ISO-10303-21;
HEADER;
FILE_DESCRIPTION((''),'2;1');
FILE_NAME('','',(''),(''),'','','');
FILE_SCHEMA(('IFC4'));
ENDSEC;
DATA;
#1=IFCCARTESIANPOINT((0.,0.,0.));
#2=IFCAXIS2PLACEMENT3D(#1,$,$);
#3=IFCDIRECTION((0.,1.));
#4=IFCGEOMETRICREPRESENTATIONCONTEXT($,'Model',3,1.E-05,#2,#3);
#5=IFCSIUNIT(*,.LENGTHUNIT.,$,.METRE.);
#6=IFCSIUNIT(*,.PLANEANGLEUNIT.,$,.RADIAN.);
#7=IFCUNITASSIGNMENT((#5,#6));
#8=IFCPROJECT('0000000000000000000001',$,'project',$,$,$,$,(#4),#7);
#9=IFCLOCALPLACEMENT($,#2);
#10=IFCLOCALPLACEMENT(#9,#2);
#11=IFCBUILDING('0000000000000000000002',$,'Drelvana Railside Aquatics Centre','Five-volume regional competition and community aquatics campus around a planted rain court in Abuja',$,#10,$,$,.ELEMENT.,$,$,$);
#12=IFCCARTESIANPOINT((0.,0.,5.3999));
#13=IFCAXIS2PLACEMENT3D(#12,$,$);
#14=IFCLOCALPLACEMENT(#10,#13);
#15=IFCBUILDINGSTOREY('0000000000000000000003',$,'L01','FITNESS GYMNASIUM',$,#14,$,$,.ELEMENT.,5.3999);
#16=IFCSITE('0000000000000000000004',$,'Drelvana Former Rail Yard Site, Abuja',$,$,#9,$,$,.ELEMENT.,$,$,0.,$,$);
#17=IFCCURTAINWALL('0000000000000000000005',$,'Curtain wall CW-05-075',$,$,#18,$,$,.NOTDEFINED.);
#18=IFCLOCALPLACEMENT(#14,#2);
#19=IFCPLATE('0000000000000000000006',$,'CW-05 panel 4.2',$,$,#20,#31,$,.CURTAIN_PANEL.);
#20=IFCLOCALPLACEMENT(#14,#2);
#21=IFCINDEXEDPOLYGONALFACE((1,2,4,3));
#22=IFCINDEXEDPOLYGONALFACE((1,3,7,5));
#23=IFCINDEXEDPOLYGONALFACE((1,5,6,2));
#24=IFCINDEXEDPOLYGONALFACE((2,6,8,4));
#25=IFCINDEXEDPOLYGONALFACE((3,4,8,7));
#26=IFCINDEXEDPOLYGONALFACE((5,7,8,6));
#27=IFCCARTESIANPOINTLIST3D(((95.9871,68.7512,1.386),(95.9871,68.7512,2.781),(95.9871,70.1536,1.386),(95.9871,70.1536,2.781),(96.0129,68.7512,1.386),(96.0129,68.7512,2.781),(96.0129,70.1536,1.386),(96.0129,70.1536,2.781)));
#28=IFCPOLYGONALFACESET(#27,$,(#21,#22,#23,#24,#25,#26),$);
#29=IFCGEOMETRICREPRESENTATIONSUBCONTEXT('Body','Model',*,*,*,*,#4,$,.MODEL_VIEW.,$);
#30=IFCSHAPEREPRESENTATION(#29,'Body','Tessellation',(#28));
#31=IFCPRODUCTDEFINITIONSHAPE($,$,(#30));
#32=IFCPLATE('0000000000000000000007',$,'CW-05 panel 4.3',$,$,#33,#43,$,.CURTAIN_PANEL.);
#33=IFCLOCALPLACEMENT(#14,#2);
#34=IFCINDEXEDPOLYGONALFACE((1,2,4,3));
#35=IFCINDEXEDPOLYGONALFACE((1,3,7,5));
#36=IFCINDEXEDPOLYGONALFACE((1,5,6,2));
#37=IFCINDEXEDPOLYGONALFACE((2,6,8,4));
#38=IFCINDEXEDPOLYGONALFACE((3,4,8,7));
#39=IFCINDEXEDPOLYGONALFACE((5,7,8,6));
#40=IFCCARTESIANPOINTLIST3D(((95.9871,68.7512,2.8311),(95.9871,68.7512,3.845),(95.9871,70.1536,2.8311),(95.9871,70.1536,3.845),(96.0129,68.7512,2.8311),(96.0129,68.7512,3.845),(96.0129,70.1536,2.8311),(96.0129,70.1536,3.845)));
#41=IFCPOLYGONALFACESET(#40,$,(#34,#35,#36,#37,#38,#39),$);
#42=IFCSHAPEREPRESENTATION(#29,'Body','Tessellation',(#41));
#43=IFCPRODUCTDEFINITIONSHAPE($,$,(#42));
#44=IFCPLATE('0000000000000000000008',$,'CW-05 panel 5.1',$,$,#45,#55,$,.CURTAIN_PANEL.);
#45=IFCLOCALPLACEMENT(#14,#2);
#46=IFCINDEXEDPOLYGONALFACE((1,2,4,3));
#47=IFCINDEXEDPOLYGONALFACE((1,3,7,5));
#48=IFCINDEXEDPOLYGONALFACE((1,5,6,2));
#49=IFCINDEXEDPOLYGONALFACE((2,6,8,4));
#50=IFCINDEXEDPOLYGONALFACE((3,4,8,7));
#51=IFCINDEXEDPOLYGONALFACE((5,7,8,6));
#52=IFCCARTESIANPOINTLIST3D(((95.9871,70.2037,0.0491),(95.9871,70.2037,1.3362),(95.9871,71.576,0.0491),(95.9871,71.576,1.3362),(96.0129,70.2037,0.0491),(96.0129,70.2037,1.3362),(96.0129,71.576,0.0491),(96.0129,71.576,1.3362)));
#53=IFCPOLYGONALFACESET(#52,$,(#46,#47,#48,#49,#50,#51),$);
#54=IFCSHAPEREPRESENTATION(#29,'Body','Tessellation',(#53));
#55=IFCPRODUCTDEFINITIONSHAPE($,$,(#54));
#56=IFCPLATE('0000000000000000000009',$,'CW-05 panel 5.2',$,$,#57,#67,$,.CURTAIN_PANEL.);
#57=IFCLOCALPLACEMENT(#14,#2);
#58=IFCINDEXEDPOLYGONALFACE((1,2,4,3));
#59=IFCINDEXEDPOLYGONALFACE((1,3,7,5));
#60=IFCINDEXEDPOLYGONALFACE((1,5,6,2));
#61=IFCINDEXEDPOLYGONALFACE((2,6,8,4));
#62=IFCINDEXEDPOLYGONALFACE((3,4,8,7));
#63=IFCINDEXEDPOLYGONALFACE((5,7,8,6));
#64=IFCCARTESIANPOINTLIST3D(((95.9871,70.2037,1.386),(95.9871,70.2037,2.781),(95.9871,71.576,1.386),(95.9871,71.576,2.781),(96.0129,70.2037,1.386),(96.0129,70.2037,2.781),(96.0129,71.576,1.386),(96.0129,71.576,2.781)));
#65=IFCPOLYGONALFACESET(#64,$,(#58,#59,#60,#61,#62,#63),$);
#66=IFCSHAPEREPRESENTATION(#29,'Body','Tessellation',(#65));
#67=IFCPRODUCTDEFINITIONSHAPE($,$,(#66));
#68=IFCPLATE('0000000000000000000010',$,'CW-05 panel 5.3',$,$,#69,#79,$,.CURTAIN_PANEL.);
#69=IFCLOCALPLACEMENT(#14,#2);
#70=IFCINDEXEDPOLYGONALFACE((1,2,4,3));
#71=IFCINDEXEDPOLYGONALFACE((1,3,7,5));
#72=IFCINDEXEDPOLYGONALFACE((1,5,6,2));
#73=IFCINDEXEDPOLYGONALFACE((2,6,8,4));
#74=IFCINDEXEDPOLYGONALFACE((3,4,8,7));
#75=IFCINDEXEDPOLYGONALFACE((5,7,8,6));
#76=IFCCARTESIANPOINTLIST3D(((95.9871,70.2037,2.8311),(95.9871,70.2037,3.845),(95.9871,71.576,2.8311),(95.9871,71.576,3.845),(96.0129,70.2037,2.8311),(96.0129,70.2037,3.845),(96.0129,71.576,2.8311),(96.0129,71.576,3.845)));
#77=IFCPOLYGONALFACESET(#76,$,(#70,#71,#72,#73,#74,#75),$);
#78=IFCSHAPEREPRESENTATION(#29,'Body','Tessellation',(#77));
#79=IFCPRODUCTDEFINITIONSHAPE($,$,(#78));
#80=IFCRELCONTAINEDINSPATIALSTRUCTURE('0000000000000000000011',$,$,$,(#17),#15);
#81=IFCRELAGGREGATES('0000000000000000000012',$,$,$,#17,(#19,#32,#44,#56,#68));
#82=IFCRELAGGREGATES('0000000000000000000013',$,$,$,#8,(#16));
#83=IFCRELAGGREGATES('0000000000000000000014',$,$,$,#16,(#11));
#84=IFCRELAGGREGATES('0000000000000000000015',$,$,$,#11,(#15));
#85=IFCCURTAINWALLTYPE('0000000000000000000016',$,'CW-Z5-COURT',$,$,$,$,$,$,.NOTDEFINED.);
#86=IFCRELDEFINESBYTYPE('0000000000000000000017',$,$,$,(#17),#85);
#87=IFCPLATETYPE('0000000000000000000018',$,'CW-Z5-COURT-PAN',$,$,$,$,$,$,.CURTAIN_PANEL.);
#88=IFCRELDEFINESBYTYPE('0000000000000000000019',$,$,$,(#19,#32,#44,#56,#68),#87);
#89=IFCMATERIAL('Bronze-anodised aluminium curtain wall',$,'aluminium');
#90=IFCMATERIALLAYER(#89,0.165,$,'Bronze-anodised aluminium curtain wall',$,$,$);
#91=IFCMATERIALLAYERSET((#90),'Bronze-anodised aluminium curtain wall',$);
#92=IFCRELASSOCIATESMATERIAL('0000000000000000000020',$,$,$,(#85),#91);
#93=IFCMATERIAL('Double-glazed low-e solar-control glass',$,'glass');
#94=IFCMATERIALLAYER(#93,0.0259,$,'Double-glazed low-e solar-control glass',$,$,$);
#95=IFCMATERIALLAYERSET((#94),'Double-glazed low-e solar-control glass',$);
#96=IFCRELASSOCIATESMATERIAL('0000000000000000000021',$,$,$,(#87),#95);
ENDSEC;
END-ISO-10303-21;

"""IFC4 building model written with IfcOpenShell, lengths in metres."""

from ifc_helpers import new_model, si_unit, direction, frame, origin, origin_2d, place, context, subcontext, project, spatial, rectangle, extrude, material, layer, layer_set, type_object, element, aggregate, save


model = new_model("IFC4")

# Units and contexts
model_context = context("Model", 3, precision=1e-05, world=origin(), true_north=direction((0.0, 1.0)))
body_context = subcontext(model_context, "Body", "Model", "MODEL_VIEW")
ifc_project = project(units=[si_unit("LENGTHUNIT", "METRE"), si_unit("PLANEANGLEUNIT", "RADIAN")], contexts=[model_context])

# Site, building, storey
site_placement = place(None, origin())
site = spatial("IfcSite", under=ifc_project, at=site_placement, Name="Drelvana Former Rail Yard Site, Abuja", CompositionType="ELEMENT", RefElevation=0.0)
building_placement = place(site_placement, origin())
building = spatial("IfcBuilding", under=site, at=building_placement, Name="Drelvana Railside Aquatics Centre", Description="Five-volume regional competition and community aquatics campus around a planted rain court in Abuja", CompositionType="ELEMENT")
storey_placement = place(building_placement, frame((0.0, 0.0, 5.3999)))
storey = spatial("IfcBuildingStorey", under=building, at=storey_placement, Name="L01", Description="FITNESS GYMNASIUM", CompositionType="ELEMENT", Elevation=5.3999)

# Curtain wall
ifc_material_1 = material(Name="Bronze-anodised aluminium curtain wall", Category="aluminium")
ifc_layer_1 = layer(ifc_material_1, 0.165, Name="Bronze-anodised aluminium curtain wall")
ifc_layer_set_1 = layer_set([ifc_layer_1], Name="Bronze-anodised aluminium curtain wall")
curtain_wall_type = type_object("IfcCurtainWallType", Name="CW-Z5-COURT", PredefinedType="NOTDEFINED", material=ifc_layer_set_1)
curtain_wall_1_placement = place(storey_placement, origin())
curtain_wall_1 = element("IfcCurtainWall", 1, at=curtain_wall_1_placement, inside=storey, type_object=curtain_wall_type, Name="Curtain wall CW-05-075", PredefinedType="NOTDEFINED")

# Plates
ifc_material_2 = material(Name="Double-glazed low-e solar-control glass", Category="glass")
ifc_layer_2 = layer(ifc_material_2, 0.0259, Name="Double-glazed low-e solar-control glass")
ifc_layer_set_2 = layer_set([ifc_layer_2], Name="Double-glazed low-e solar-control glass")
plate_type = type_object("IfcPlateType", Name="CW-Z5-COURT-PAN", PredefinedType="CURTAIN_PANEL", material=ifc_layer_set_2)
plate_1_placement = place(storey_placement, frame((96.0, 69.4524, 1.386), z_axis=(0.0, 0.0, 1.0), x_axis=(0.0, 1.0, 0.0)))
plate_1 = element("IfcPlate", 2, at=plate_1_placement, type_object=plate_type, Name="CW-05 panel 4.2", PredefinedType="CURTAIN_PANEL", context=body_context, shape_type="SweptSolid", body=[
    extrude(rectangle(XDim=1.4023, YDim=0.0259, at=origin_2d()), origin(), (0.0, 0.0, 1.0), 1.395),
])
plate_2_placement = place(storey_placement, frame((96.0, 69.4524, 2.8311), z_axis=(0.0, 0.0, 1.0), x_axis=(0.0, 1.0, 0.0)))
plate_2 = element("IfcPlate", 3, at=plate_2_placement, type_object=plate_type, Name="CW-05 panel 4.3", PredefinedType="CURTAIN_PANEL", context=body_context, shape_type="SweptSolid", body=[
    extrude(rectangle(XDim=1.4023, YDim=0.0259, at=origin_2d()), origin(), (0.0, 0.0, 1.0), 1.0139),
])
plate_3_placement = place(storey_placement, frame((96.0, 70.8899, 0.0491), z_axis=(0.0, 0.0, 1.0), x_axis=(0.0, 1.0, 0.0)))
plate_3 = element("IfcPlate", 4, at=plate_3_placement, type_object=plate_type, Name="CW-05 panel 5.1", PredefinedType="CURTAIN_PANEL", context=body_context, shape_type="SweptSolid", body=[
    extrude(rectangle(XDim=1.3723, YDim=0.0259, at=origin_2d()), origin(), (0.0, 0.0, 1.0), 1.2871),
])
plate_4_placement = place(storey_placement, frame((96.0, 70.8899, 1.386), z_axis=(0.0, 0.0, 1.0), x_axis=(0.0, 1.0, 0.0)))
plate_4 = element("IfcPlate", 5, at=plate_4_placement, type_object=plate_type, Name="CW-05 panel 5.2", PredefinedType="CURTAIN_PANEL", context=body_context, shape_type="SweptSolid", body=[
    extrude(rectangle(XDim=1.3723, YDim=0.0259, at=origin_2d()), origin(), (0.0, 0.0, 1.0), 1.395),
])
plate_5_placement = place(storey_placement, frame((96.0, 70.8899, 2.8311), z_axis=(0.0, 0.0, 1.0), x_axis=(0.0, 1.0, 0.0)))
plate_5 = element("IfcPlate", 6, at=plate_5_placement, type_object=plate_type, Name="CW-05 panel 5.3", PredefinedType="CURTAIN_PANEL", context=body_context, shape_type="SweptSolid", body=[
    extrude(rectangle(XDim=1.3723, YDim=0.0259, at=origin_2d()), origin(), (0.0, 0.0, 1.0), 1.0139),
])
aggregate(curtain_wall_1, [plate_1, plate_2, plate_3, plate_4, plate_5])

save(model, "model.ifc")
